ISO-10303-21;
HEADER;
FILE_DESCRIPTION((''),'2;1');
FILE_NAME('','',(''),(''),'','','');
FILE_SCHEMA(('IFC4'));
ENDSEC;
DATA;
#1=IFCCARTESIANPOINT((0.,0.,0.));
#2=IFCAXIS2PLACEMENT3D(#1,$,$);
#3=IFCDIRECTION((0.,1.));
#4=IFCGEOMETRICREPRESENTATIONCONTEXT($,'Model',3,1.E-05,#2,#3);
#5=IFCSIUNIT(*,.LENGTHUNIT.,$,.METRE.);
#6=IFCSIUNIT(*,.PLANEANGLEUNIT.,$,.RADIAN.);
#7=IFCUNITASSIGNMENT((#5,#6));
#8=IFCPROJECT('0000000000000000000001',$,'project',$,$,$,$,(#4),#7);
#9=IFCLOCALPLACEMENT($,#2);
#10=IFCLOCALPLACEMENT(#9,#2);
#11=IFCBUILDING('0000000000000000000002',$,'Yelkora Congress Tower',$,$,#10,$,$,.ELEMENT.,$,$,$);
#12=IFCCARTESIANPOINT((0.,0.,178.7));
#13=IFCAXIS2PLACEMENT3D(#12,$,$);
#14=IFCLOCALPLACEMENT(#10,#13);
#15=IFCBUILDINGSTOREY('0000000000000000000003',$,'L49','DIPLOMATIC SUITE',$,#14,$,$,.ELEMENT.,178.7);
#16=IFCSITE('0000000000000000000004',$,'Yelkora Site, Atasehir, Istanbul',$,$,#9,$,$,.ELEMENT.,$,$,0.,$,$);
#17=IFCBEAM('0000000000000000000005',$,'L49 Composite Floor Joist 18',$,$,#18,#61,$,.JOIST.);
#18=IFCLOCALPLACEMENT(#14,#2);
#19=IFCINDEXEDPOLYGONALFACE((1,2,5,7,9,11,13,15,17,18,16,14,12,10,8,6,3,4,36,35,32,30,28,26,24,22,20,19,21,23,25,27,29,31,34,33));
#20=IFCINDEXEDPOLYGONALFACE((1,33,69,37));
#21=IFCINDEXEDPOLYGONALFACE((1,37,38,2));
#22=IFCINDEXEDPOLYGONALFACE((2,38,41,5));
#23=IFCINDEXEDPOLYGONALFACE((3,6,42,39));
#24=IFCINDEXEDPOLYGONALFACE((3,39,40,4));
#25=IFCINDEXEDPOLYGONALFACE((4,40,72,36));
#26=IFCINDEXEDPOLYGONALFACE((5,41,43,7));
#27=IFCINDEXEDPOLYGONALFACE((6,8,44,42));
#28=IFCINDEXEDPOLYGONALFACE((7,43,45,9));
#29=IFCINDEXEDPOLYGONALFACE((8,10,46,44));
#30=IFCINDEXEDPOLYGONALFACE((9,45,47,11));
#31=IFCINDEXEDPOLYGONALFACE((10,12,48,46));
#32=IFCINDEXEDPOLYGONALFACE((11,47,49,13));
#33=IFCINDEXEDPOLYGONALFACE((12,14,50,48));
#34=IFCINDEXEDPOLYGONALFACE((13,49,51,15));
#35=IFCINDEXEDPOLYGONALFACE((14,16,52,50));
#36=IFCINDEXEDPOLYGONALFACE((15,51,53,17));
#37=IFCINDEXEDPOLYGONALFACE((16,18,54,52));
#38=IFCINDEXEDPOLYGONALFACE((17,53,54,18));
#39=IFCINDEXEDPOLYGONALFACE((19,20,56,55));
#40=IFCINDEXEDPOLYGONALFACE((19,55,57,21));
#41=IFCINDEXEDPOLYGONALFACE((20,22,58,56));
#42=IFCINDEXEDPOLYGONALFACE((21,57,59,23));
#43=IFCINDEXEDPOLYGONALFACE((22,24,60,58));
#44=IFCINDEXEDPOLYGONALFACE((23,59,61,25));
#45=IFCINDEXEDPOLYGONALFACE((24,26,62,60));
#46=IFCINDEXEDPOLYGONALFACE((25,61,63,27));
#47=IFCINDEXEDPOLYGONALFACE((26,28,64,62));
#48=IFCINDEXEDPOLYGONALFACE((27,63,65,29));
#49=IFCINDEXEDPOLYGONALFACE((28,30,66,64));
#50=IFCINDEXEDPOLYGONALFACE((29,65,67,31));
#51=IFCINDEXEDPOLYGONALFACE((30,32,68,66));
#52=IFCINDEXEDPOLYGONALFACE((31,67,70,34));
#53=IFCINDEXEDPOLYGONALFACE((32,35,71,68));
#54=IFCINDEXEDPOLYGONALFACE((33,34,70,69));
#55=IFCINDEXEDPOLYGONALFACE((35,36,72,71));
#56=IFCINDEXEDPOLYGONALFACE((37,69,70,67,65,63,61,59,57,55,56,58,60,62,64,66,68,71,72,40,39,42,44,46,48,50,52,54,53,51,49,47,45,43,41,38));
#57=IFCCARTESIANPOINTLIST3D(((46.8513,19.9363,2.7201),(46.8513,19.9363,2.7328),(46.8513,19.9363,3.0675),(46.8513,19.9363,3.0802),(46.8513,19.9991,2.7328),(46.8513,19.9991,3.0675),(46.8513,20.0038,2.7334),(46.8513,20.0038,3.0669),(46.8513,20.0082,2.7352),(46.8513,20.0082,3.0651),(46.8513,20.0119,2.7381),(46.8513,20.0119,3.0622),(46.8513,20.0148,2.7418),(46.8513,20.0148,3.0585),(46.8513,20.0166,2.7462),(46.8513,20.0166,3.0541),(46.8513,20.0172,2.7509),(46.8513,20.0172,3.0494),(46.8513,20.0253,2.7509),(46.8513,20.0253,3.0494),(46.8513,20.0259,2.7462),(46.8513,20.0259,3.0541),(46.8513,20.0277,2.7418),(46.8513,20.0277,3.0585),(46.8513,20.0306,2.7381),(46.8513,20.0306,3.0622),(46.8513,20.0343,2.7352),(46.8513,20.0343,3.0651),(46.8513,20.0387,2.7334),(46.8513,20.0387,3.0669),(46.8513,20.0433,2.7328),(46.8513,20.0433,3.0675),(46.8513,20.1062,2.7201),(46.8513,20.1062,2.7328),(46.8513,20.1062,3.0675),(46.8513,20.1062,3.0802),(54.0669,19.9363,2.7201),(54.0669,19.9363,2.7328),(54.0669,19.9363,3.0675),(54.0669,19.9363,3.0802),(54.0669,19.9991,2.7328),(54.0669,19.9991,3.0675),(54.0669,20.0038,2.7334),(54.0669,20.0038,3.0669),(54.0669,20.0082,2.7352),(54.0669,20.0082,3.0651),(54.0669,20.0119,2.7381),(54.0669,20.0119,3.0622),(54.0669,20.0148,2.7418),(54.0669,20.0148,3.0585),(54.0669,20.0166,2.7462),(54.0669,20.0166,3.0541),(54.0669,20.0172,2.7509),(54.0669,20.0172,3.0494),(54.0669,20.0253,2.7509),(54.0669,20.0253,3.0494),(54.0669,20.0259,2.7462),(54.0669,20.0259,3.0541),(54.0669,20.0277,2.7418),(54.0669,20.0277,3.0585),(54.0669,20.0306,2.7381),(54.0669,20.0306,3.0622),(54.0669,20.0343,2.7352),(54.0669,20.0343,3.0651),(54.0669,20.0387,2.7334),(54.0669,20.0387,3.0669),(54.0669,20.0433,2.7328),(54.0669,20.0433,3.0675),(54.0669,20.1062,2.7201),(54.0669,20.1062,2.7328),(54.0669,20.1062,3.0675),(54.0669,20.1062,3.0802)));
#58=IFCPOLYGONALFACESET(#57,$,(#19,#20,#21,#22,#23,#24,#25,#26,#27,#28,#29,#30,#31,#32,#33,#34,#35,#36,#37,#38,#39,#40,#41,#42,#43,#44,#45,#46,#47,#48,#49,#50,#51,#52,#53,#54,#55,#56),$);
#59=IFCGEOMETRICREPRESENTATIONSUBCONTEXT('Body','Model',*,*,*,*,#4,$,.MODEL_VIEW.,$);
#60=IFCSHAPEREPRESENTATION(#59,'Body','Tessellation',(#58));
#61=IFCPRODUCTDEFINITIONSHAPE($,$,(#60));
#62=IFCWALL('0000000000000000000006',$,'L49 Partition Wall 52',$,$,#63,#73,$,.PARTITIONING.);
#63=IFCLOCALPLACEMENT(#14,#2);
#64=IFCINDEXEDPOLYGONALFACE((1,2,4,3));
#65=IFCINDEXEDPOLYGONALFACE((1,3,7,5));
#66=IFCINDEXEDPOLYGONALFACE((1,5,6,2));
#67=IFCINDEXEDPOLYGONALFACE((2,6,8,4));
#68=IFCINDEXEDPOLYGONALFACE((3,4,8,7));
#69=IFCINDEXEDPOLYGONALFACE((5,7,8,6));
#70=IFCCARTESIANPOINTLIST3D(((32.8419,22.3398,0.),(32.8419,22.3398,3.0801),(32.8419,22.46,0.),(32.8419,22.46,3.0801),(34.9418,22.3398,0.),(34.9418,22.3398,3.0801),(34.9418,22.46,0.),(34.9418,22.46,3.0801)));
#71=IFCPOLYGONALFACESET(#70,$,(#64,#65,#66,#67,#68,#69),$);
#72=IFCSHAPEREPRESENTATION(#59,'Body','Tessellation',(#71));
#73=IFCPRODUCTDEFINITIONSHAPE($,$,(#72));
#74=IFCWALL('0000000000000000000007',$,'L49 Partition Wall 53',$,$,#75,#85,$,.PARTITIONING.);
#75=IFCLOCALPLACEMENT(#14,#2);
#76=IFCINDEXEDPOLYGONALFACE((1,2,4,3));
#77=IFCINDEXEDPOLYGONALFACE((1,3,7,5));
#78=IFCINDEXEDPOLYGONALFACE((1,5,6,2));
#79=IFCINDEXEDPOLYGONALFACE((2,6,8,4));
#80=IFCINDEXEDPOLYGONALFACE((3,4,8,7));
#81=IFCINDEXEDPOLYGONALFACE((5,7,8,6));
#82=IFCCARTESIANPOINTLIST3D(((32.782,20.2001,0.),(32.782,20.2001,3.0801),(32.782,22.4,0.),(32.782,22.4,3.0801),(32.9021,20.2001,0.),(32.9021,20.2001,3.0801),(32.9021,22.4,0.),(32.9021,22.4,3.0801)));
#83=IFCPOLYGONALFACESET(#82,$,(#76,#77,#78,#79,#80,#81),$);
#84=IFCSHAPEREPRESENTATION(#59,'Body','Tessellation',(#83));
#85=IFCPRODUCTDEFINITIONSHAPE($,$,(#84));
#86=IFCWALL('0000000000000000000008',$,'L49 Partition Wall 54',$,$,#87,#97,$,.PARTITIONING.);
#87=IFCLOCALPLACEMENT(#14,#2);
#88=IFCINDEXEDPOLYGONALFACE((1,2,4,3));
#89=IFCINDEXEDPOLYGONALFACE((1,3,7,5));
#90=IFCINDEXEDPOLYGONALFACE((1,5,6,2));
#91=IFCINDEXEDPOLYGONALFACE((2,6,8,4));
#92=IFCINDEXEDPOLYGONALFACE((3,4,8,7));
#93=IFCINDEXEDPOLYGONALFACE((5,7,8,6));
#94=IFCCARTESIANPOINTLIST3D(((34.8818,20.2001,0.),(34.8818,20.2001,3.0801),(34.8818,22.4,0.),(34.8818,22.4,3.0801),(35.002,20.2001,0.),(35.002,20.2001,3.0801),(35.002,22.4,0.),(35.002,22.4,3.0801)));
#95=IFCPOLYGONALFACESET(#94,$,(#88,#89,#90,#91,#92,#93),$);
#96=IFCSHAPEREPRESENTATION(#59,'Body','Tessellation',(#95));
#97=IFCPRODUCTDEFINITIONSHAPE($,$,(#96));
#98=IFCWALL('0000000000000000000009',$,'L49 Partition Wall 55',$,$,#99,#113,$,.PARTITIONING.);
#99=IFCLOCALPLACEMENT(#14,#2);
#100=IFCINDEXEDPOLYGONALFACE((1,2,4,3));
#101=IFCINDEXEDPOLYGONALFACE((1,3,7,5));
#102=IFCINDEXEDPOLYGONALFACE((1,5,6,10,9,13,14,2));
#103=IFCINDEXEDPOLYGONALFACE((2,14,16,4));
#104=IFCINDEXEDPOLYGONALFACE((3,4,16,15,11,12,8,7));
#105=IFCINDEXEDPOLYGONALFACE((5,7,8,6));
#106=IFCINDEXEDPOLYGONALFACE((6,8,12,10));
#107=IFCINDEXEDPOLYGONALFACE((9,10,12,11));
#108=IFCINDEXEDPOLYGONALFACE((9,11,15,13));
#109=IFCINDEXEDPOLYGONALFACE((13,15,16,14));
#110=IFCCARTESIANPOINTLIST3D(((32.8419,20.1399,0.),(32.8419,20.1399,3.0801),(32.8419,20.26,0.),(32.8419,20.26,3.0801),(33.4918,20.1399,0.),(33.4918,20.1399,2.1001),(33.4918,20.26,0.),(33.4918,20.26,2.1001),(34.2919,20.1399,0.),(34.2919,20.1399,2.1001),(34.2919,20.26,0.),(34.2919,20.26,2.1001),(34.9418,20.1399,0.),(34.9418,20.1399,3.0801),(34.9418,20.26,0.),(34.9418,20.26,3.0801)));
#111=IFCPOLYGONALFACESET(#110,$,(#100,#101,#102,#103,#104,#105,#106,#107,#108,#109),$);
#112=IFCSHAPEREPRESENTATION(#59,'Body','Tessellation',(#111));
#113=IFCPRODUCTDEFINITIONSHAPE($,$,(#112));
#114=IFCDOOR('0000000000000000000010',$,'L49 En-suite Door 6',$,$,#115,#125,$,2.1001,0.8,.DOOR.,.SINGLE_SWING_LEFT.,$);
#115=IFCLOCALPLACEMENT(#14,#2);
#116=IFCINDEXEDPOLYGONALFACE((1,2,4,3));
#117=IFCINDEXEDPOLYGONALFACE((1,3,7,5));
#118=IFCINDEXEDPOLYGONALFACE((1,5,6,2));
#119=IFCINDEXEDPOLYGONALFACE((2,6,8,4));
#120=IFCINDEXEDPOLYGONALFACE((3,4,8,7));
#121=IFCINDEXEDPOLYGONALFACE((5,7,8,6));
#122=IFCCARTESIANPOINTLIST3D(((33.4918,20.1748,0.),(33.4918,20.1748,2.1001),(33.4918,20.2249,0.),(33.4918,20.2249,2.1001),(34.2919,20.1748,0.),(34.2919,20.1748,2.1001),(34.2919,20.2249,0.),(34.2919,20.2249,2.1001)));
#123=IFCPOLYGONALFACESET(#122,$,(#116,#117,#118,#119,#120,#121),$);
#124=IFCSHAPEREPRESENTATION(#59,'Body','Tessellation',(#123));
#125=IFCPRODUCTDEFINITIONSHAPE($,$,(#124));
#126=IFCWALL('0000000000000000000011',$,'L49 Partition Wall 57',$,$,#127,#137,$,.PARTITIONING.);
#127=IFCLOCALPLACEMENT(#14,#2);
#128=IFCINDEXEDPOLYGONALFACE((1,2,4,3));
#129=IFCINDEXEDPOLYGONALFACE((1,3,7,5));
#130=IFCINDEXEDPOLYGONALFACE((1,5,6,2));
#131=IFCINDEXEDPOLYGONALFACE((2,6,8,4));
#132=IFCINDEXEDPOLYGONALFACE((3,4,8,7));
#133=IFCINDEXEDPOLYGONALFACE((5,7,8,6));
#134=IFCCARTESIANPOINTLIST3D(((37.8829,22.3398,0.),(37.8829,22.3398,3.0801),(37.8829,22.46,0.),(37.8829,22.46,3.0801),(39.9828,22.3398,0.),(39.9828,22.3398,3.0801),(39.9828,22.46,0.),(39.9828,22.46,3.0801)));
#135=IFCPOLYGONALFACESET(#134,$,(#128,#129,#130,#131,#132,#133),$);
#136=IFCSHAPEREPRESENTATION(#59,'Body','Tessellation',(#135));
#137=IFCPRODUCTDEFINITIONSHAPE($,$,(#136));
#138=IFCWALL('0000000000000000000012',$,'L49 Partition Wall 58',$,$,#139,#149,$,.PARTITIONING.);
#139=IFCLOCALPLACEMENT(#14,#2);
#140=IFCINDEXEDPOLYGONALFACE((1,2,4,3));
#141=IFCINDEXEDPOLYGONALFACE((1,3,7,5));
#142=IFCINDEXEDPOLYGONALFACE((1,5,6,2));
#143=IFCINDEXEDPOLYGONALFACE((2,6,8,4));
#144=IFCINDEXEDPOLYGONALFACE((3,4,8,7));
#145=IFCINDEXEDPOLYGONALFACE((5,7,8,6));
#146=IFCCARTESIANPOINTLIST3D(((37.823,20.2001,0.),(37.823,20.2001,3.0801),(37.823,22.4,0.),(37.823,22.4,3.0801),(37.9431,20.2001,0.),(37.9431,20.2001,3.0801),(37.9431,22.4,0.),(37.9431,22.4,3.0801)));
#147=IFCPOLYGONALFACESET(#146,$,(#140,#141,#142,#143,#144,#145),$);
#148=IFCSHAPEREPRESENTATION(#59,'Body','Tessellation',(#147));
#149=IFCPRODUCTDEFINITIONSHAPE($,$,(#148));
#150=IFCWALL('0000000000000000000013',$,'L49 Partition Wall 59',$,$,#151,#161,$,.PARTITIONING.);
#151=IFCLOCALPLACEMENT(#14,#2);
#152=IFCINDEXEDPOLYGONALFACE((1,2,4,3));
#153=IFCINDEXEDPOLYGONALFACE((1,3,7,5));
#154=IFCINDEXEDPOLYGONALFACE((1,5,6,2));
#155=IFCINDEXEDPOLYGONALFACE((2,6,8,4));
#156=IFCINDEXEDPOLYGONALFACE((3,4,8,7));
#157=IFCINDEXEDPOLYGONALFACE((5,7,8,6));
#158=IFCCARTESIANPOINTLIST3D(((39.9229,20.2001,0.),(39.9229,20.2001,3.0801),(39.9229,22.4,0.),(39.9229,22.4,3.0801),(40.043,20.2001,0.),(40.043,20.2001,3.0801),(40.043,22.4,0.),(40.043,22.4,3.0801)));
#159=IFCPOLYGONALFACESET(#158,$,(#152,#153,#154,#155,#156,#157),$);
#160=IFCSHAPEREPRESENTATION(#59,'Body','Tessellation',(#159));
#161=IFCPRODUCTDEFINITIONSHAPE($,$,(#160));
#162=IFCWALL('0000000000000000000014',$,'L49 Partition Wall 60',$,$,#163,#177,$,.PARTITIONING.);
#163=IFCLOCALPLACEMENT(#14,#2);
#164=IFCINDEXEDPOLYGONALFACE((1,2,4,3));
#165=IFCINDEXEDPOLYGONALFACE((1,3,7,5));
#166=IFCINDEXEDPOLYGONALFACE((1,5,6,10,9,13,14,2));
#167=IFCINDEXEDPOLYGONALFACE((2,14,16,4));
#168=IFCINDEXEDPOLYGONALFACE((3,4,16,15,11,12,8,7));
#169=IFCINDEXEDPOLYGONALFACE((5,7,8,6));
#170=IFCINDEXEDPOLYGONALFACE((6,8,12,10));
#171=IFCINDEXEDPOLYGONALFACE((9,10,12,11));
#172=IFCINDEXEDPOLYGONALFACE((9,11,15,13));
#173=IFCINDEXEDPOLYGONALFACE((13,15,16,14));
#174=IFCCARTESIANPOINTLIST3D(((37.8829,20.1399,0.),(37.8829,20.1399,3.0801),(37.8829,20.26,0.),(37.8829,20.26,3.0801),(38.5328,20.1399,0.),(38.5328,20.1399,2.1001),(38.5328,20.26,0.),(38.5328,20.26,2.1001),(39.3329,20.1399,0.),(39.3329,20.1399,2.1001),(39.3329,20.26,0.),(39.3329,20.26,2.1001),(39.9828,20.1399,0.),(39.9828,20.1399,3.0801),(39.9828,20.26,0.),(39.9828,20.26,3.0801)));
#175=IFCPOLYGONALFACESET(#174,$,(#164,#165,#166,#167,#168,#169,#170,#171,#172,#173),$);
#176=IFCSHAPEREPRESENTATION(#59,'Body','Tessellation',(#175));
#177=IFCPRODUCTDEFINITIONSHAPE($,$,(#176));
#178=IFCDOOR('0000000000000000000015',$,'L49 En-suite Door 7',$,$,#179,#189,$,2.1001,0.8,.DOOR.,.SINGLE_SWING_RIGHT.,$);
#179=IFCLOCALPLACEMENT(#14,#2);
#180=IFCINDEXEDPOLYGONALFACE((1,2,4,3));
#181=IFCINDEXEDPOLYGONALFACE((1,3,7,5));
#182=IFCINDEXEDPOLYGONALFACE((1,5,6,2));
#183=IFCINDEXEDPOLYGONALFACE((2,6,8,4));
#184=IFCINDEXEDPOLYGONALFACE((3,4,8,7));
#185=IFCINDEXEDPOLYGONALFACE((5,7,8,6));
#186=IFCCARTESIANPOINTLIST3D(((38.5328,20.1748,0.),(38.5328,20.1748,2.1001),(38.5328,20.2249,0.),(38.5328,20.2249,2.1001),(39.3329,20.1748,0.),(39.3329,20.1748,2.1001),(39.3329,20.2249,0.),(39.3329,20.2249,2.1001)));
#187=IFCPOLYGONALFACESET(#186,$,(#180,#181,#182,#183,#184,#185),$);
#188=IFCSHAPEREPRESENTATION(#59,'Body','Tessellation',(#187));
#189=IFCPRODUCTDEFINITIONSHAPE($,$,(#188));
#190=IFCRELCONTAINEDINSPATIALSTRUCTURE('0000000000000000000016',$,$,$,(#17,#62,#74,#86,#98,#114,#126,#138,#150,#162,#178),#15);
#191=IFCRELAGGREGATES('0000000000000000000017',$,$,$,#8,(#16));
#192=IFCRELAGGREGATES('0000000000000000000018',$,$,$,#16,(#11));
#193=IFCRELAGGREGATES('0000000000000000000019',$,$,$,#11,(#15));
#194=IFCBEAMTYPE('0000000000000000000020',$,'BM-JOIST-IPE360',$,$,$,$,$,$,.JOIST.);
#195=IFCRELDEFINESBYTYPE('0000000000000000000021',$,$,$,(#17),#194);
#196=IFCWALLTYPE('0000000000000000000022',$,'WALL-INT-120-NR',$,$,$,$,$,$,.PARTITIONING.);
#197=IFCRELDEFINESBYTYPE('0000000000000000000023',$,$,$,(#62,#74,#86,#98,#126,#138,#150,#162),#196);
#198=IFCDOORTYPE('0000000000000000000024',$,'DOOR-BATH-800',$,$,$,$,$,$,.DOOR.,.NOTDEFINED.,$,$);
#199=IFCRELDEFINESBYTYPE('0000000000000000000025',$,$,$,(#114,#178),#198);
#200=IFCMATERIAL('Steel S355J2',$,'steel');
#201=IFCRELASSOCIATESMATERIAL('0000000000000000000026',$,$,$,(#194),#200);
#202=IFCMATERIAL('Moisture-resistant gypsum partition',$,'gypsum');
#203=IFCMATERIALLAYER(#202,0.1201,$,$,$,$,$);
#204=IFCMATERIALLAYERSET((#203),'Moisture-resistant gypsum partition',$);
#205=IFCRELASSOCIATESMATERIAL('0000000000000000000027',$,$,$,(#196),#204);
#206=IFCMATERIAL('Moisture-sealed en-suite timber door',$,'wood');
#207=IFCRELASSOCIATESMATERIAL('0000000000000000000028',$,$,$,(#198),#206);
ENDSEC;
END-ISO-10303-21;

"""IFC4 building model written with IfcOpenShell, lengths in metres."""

from ifc_helpers import new_model, si_unit, direction, frame, frame_2d, origin, origin_2d, place, context, subcontext, project, spatial, rectangle, i_section, extrude, material, layer, layer_set, material_profile, profile_set, type_object, element, fill, save


model = new_model("IFC4")

# Units and contexts
model_context = context("Model", 3, precision=1e-05, world=origin(), true_north=direction((0.0, 1.0)))
body_context = subcontext(model_context, "Body", "Model", "MODEL_VIEW")
ifc_project = project(units=[si_unit("LENGTHUNIT", "METRE"), si_unit("PLANEANGLEUNIT", "RADIAN")], contexts=[model_context])

# Site, building, storey
site_placement = place(None, origin())
site = spatial("IfcSite", under=ifc_project, at=site_placement, Name="Yelkora Site, Atasehir, Istanbul", CompositionType="ELEMENT", RefElevation=0.0)
building_placement = place(site_placement, origin())
building = spatial("IfcBuilding", under=site, at=building_placement, Name="Yelkora Congress Tower", CompositionType="ELEMENT")
storey_placement = place(building_placement, frame((0.0, 0.0, 178.7)))
storey = spatial("IfcBuildingStorey", under=building, at=storey_placement, Name="L49", Description="DIPLOMATIC SUITE", CompositionType="ELEMENT", Elevation=178.7)

# Beam
ifc_material_1 = material(Name="Steel S355J2", Category="steel")
ifc_material_profile_1 = material_profile(ifc_material_1, i_section(OverallWidth=0.1699, OverallDepth=0.3601, WebThickness=0.0081, FlangeThickness=0.0127, FilletRadius=0.0181, at=origin_2d()), Name="IPE 360")
ifc_profile_set_1 = profile_set([ifc_material_profile_1], Name="Steel S355J2")
beam_type_1 = type_object("IfcBeamType", Name="BM-JOIST-IPE360", PredefinedType="JOIST", material=ifc_profile_set_1)
beam_1_placement = place(storey_placement, frame((46.8513, 20.0212, 2.9001), z_axis=(1.0, 0.0, 0.0), x_axis=(0.0, 1.0, 0.0)))
element("IfcBeam", 1, at=beam_1_placement, inside=storey, type_object=beam_type_1, Name="L49 Composite Floor Joist 18", PredefinedType="JOIST", context=body_context, shape_type="SweptSolid", body=[
    extrude(i_section(OverallWidth=0.1699, OverallDepth=0.3601, WebThickness=0.0081, FlangeThickness=0.0127, FilletRadius=0.0181, at=origin_2d()), origin(), (0.0, 0.0, 1.0), 7.2156),
])

# Walls
ifc_material_2 = material(Name="Moisture-resistant gypsum partition", Category="gypsum")
ifc_layer_1 = layer(ifc_material_2, 0.1201)
ifc_layer_set_1 = layer_set([ifc_layer_1], Name="Moisture-resistant gypsum partition")
wall_type_1 = type_object("IfcWallType", Name="WALL-INT-120-NR", PredefinedType="PARTITIONING", material=ifc_layer_set_1)
wall_1_placement = place(storey_placement, frame((32.842, 22.3999, 0.0), z_axis=(0.0, 0.0, 1.0), x_axis=(1.0, 0.0, 0.0)))
element("IfcWall", 2, at=wall_1_placement, inside=storey, type_object=wall_type_1, Name="L49 Partition Wall 52", PredefinedType="PARTITIONING", context=body_context, shape_type="SweptSolid", body=[
    extrude(rectangle(XDim=2.0999, YDim=0.1201, at=frame_2d((1.0498, 0.0))), origin(), (0.0, 0.0, 1.0), 3.0801),
])
for number, where, z_axis, x_axis, name in (
    (3, (32.842, 20.2, 0.0), (0.0, 0.0, 1.0), (0.0, 1.0, 0.0), "L49 Partition Wall 53"),
    (4, (34.9419, 20.2, 0.0), (0.0, 0.0, 1.0), (0.0, 1.0, 0.0), "L49 Partition Wall 54"),
):
    element("IfcWall", number, at=place(storey_placement, frame(where, z_axis=z_axis, x_axis=x_axis)), inside=storey, type_object=wall_type_1, Name=name, PredefinedType="PARTITIONING", context=body_context, shape_type="SweptSolid", body=[
        extrude(rectangle(XDim=2.2, YDim=0.1201, at=frame_2d((1.1001, 0.0))), origin(), (0.0, 0.0, 1.0), 3.0801),
    ])

# Wall, opening, door
wall_2_placement = place(storey_placement, frame((32.842, 20.2, 0.0), z_axis=(0.0, 0.0, 1.0), x_axis=(1.0, 0.0, 0.0)))
wall_2 = element("IfcWall", 5, at=wall_2_placement, inside=storey, type_object=wall_type_1, Name="L49 Partition Wall 55", PredefinedType="PARTITIONING", context=body_context, shape_type="SweptSolid", body=[
    extrude(rectangle(XDim=2.0999, YDim=0.1201, at=frame_2d((1.0498, 0.0))), origin(), (0.0, 0.0, 1.0), 3.0801),
])
opening_1_placement = place(wall_2_placement, frame((0.6499, 0.0, 0.0)))
opening_1 = element("IfcOpeningElement", 6, at=opening_1_placement, cuts=wall_2, PredefinedType="OPENING", context=body_context, shape_type="SweptSolid", body=[
    extrude(rectangle(XDim=0.8, YDim=2.1001, at=frame_2d((0.3999, 1.05))), frame((0.0, 0.0701, 0.0), z_axis=(0.0, -1.0, 0.0), x_axis=(1.0, 0.0, 0.0)), (0.0, 0.0, 1.0), 0.1401),
])
ifc_material_3 = material(Name="Moisture-sealed en-suite timber door", Category="wood")
door_type = type_object("IfcDoorType", Name="DOOR-BATH-800", OperationType="NOTDEFINED", PredefinedType="DOOR", material=ifc_material_3)
door_1_placement = place(opening_1_placement, origin())
door_1 = element("IfcDoor", 7, at=door_1_placement, inside=storey, type_object=door_type, Name="L49 En-suite Door 6", OperationType="SINGLE_SWING_LEFT", OverallHeight=2.1001, OverallWidth=0.8, PredefinedType="DOOR", context=body_context, shape_type="SweptSolid", body=[
    extrude(rectangle(XDim=0.8, YDim=2.1001, at=frame_2d((0.3999, 1.05))), frame((0.0, 0.0249, 0.0), z_axis=(0.0, -1.0, 0.0), x_axis=(1.0, 0.0, 0.0)), (0.0, 0.0, 1.0), 0.05),
])
fill(opening_1, door_1)

# Walls
wall_3_placement = place(storey_placement, frame((37.8831, 22.3999, 0.0), z_axis=(0.0, 0.0, 1.0), x_axis=(1.0, 0.0, 0.0)))
element("IfcWall", 8, at=wall_3_placement, inside=storey, type_object=wall_type_1, Name="L49 Partition Wall 57", PredefinedType="PARTITIONING", context=body_context, shape_type="SweptSolid", body=[
    extrude(rectangle(XDim=2.0999, YDim=0.1201, at=frame_2d((1.0498, 0.0))), origin(), (0.0, 0.0, 1.0), 3.0801),
])
for number, where, z_axis, x_axis, name in (
    (9, (37.8831, 20.2, 0.0), (0.0, 0.0, 1.0), (0.0, 1.0, 0.0), "L49 Partition Wall 58"),
    (10, (39.9829, 20.2, 0.0), (0.0, 0.0, 1.0), (0.0, 1.0, 0.0), "L49 Partition Wall 59"),
):
    element("IfcWall", number, at=place(storey_placement, frame(where, z_axis=z_axis, x_axis=x_axis)), inside=storey, type_object=wall_type_1, Name=name, PredefinedType="PARTITIONING", context=body_context, shape_type="SweptSolid", body=[
        extrude(rectangle(XDim=2.2, YDim=0.1201, at=frame_2d((1.1001, 0.0))), origin(), (0.0, 0.0, 1.0), 3.0801),
    ])

# Wall, opening, door
wall_4_placement = place(storey_placement, frame((37.8831, 20.2, 0.0), z_axis=(0.0, 0.0, 1.0), x_axis=(1.0, 0.0, 0.0)))
wall_4 = element("IfcWall", 11, at=wall_4_placement, inside=storey, type_object=wall_type_1, Name="L49 Partition Wall 60", PredefinedType="PARTITIONING", context=body_context, shape_type="SweptSolid", body=[
    extrude(rectangle(XDim=2.0999, YDim=0.1201, at=frame_2d((1.0498, 0.0))), origin(), (0.0, 0.0, 1.0), 3.0801),
])
opening_2_placement = place(wall_4_placement, frame((0.6499, 0.0, 0.0)))
opening_2 = element("IfcOpeningElement", 12, at=opening_2_placement, cuts=wall_4, PredefinedType="OPENING", context=body_context, shape_type="SweptSolid", body=[
    extrude(rectangle(XDim=0.8, YDim=2.1001, at=frame_2d((0.3999, 1.05))), frame((0.0, 0.0701, 0.0), z_axis=(0.0, -1.0, 0.0), x_axis=(1.0, 0.0, 0.0)), (0.0, 0.0, 1.0), 0.1401),
])
door_2_placement = place(opening_2_placement, origin())
door_2 = element("IfcDoor", 13, at=door_2_placement, inside=storey, type_object=door_type, Name="L49 En-suite Door 7", OperationType="SINGLE_SWING_RIGHT", OverallHeight=2.1001, OverallWidth=0.8, PredefinedType="DOOR", context=body_context, shape_type="SweptSolid", body=[
    extrude(rectangle(XDim=0.8, YDim=2.1001, at=frame_2d((0.3999, 1.05))), frame((0.0, 0.0249, 0.0), z_axis=(0.0, -1.0, 0.0), x_axis=(1.0, 0.0, 0.0)), (0.0, 0.0, 1.0), 0.05),
])
fill(opening_2, door_2)

save(model, "model.ifc")
